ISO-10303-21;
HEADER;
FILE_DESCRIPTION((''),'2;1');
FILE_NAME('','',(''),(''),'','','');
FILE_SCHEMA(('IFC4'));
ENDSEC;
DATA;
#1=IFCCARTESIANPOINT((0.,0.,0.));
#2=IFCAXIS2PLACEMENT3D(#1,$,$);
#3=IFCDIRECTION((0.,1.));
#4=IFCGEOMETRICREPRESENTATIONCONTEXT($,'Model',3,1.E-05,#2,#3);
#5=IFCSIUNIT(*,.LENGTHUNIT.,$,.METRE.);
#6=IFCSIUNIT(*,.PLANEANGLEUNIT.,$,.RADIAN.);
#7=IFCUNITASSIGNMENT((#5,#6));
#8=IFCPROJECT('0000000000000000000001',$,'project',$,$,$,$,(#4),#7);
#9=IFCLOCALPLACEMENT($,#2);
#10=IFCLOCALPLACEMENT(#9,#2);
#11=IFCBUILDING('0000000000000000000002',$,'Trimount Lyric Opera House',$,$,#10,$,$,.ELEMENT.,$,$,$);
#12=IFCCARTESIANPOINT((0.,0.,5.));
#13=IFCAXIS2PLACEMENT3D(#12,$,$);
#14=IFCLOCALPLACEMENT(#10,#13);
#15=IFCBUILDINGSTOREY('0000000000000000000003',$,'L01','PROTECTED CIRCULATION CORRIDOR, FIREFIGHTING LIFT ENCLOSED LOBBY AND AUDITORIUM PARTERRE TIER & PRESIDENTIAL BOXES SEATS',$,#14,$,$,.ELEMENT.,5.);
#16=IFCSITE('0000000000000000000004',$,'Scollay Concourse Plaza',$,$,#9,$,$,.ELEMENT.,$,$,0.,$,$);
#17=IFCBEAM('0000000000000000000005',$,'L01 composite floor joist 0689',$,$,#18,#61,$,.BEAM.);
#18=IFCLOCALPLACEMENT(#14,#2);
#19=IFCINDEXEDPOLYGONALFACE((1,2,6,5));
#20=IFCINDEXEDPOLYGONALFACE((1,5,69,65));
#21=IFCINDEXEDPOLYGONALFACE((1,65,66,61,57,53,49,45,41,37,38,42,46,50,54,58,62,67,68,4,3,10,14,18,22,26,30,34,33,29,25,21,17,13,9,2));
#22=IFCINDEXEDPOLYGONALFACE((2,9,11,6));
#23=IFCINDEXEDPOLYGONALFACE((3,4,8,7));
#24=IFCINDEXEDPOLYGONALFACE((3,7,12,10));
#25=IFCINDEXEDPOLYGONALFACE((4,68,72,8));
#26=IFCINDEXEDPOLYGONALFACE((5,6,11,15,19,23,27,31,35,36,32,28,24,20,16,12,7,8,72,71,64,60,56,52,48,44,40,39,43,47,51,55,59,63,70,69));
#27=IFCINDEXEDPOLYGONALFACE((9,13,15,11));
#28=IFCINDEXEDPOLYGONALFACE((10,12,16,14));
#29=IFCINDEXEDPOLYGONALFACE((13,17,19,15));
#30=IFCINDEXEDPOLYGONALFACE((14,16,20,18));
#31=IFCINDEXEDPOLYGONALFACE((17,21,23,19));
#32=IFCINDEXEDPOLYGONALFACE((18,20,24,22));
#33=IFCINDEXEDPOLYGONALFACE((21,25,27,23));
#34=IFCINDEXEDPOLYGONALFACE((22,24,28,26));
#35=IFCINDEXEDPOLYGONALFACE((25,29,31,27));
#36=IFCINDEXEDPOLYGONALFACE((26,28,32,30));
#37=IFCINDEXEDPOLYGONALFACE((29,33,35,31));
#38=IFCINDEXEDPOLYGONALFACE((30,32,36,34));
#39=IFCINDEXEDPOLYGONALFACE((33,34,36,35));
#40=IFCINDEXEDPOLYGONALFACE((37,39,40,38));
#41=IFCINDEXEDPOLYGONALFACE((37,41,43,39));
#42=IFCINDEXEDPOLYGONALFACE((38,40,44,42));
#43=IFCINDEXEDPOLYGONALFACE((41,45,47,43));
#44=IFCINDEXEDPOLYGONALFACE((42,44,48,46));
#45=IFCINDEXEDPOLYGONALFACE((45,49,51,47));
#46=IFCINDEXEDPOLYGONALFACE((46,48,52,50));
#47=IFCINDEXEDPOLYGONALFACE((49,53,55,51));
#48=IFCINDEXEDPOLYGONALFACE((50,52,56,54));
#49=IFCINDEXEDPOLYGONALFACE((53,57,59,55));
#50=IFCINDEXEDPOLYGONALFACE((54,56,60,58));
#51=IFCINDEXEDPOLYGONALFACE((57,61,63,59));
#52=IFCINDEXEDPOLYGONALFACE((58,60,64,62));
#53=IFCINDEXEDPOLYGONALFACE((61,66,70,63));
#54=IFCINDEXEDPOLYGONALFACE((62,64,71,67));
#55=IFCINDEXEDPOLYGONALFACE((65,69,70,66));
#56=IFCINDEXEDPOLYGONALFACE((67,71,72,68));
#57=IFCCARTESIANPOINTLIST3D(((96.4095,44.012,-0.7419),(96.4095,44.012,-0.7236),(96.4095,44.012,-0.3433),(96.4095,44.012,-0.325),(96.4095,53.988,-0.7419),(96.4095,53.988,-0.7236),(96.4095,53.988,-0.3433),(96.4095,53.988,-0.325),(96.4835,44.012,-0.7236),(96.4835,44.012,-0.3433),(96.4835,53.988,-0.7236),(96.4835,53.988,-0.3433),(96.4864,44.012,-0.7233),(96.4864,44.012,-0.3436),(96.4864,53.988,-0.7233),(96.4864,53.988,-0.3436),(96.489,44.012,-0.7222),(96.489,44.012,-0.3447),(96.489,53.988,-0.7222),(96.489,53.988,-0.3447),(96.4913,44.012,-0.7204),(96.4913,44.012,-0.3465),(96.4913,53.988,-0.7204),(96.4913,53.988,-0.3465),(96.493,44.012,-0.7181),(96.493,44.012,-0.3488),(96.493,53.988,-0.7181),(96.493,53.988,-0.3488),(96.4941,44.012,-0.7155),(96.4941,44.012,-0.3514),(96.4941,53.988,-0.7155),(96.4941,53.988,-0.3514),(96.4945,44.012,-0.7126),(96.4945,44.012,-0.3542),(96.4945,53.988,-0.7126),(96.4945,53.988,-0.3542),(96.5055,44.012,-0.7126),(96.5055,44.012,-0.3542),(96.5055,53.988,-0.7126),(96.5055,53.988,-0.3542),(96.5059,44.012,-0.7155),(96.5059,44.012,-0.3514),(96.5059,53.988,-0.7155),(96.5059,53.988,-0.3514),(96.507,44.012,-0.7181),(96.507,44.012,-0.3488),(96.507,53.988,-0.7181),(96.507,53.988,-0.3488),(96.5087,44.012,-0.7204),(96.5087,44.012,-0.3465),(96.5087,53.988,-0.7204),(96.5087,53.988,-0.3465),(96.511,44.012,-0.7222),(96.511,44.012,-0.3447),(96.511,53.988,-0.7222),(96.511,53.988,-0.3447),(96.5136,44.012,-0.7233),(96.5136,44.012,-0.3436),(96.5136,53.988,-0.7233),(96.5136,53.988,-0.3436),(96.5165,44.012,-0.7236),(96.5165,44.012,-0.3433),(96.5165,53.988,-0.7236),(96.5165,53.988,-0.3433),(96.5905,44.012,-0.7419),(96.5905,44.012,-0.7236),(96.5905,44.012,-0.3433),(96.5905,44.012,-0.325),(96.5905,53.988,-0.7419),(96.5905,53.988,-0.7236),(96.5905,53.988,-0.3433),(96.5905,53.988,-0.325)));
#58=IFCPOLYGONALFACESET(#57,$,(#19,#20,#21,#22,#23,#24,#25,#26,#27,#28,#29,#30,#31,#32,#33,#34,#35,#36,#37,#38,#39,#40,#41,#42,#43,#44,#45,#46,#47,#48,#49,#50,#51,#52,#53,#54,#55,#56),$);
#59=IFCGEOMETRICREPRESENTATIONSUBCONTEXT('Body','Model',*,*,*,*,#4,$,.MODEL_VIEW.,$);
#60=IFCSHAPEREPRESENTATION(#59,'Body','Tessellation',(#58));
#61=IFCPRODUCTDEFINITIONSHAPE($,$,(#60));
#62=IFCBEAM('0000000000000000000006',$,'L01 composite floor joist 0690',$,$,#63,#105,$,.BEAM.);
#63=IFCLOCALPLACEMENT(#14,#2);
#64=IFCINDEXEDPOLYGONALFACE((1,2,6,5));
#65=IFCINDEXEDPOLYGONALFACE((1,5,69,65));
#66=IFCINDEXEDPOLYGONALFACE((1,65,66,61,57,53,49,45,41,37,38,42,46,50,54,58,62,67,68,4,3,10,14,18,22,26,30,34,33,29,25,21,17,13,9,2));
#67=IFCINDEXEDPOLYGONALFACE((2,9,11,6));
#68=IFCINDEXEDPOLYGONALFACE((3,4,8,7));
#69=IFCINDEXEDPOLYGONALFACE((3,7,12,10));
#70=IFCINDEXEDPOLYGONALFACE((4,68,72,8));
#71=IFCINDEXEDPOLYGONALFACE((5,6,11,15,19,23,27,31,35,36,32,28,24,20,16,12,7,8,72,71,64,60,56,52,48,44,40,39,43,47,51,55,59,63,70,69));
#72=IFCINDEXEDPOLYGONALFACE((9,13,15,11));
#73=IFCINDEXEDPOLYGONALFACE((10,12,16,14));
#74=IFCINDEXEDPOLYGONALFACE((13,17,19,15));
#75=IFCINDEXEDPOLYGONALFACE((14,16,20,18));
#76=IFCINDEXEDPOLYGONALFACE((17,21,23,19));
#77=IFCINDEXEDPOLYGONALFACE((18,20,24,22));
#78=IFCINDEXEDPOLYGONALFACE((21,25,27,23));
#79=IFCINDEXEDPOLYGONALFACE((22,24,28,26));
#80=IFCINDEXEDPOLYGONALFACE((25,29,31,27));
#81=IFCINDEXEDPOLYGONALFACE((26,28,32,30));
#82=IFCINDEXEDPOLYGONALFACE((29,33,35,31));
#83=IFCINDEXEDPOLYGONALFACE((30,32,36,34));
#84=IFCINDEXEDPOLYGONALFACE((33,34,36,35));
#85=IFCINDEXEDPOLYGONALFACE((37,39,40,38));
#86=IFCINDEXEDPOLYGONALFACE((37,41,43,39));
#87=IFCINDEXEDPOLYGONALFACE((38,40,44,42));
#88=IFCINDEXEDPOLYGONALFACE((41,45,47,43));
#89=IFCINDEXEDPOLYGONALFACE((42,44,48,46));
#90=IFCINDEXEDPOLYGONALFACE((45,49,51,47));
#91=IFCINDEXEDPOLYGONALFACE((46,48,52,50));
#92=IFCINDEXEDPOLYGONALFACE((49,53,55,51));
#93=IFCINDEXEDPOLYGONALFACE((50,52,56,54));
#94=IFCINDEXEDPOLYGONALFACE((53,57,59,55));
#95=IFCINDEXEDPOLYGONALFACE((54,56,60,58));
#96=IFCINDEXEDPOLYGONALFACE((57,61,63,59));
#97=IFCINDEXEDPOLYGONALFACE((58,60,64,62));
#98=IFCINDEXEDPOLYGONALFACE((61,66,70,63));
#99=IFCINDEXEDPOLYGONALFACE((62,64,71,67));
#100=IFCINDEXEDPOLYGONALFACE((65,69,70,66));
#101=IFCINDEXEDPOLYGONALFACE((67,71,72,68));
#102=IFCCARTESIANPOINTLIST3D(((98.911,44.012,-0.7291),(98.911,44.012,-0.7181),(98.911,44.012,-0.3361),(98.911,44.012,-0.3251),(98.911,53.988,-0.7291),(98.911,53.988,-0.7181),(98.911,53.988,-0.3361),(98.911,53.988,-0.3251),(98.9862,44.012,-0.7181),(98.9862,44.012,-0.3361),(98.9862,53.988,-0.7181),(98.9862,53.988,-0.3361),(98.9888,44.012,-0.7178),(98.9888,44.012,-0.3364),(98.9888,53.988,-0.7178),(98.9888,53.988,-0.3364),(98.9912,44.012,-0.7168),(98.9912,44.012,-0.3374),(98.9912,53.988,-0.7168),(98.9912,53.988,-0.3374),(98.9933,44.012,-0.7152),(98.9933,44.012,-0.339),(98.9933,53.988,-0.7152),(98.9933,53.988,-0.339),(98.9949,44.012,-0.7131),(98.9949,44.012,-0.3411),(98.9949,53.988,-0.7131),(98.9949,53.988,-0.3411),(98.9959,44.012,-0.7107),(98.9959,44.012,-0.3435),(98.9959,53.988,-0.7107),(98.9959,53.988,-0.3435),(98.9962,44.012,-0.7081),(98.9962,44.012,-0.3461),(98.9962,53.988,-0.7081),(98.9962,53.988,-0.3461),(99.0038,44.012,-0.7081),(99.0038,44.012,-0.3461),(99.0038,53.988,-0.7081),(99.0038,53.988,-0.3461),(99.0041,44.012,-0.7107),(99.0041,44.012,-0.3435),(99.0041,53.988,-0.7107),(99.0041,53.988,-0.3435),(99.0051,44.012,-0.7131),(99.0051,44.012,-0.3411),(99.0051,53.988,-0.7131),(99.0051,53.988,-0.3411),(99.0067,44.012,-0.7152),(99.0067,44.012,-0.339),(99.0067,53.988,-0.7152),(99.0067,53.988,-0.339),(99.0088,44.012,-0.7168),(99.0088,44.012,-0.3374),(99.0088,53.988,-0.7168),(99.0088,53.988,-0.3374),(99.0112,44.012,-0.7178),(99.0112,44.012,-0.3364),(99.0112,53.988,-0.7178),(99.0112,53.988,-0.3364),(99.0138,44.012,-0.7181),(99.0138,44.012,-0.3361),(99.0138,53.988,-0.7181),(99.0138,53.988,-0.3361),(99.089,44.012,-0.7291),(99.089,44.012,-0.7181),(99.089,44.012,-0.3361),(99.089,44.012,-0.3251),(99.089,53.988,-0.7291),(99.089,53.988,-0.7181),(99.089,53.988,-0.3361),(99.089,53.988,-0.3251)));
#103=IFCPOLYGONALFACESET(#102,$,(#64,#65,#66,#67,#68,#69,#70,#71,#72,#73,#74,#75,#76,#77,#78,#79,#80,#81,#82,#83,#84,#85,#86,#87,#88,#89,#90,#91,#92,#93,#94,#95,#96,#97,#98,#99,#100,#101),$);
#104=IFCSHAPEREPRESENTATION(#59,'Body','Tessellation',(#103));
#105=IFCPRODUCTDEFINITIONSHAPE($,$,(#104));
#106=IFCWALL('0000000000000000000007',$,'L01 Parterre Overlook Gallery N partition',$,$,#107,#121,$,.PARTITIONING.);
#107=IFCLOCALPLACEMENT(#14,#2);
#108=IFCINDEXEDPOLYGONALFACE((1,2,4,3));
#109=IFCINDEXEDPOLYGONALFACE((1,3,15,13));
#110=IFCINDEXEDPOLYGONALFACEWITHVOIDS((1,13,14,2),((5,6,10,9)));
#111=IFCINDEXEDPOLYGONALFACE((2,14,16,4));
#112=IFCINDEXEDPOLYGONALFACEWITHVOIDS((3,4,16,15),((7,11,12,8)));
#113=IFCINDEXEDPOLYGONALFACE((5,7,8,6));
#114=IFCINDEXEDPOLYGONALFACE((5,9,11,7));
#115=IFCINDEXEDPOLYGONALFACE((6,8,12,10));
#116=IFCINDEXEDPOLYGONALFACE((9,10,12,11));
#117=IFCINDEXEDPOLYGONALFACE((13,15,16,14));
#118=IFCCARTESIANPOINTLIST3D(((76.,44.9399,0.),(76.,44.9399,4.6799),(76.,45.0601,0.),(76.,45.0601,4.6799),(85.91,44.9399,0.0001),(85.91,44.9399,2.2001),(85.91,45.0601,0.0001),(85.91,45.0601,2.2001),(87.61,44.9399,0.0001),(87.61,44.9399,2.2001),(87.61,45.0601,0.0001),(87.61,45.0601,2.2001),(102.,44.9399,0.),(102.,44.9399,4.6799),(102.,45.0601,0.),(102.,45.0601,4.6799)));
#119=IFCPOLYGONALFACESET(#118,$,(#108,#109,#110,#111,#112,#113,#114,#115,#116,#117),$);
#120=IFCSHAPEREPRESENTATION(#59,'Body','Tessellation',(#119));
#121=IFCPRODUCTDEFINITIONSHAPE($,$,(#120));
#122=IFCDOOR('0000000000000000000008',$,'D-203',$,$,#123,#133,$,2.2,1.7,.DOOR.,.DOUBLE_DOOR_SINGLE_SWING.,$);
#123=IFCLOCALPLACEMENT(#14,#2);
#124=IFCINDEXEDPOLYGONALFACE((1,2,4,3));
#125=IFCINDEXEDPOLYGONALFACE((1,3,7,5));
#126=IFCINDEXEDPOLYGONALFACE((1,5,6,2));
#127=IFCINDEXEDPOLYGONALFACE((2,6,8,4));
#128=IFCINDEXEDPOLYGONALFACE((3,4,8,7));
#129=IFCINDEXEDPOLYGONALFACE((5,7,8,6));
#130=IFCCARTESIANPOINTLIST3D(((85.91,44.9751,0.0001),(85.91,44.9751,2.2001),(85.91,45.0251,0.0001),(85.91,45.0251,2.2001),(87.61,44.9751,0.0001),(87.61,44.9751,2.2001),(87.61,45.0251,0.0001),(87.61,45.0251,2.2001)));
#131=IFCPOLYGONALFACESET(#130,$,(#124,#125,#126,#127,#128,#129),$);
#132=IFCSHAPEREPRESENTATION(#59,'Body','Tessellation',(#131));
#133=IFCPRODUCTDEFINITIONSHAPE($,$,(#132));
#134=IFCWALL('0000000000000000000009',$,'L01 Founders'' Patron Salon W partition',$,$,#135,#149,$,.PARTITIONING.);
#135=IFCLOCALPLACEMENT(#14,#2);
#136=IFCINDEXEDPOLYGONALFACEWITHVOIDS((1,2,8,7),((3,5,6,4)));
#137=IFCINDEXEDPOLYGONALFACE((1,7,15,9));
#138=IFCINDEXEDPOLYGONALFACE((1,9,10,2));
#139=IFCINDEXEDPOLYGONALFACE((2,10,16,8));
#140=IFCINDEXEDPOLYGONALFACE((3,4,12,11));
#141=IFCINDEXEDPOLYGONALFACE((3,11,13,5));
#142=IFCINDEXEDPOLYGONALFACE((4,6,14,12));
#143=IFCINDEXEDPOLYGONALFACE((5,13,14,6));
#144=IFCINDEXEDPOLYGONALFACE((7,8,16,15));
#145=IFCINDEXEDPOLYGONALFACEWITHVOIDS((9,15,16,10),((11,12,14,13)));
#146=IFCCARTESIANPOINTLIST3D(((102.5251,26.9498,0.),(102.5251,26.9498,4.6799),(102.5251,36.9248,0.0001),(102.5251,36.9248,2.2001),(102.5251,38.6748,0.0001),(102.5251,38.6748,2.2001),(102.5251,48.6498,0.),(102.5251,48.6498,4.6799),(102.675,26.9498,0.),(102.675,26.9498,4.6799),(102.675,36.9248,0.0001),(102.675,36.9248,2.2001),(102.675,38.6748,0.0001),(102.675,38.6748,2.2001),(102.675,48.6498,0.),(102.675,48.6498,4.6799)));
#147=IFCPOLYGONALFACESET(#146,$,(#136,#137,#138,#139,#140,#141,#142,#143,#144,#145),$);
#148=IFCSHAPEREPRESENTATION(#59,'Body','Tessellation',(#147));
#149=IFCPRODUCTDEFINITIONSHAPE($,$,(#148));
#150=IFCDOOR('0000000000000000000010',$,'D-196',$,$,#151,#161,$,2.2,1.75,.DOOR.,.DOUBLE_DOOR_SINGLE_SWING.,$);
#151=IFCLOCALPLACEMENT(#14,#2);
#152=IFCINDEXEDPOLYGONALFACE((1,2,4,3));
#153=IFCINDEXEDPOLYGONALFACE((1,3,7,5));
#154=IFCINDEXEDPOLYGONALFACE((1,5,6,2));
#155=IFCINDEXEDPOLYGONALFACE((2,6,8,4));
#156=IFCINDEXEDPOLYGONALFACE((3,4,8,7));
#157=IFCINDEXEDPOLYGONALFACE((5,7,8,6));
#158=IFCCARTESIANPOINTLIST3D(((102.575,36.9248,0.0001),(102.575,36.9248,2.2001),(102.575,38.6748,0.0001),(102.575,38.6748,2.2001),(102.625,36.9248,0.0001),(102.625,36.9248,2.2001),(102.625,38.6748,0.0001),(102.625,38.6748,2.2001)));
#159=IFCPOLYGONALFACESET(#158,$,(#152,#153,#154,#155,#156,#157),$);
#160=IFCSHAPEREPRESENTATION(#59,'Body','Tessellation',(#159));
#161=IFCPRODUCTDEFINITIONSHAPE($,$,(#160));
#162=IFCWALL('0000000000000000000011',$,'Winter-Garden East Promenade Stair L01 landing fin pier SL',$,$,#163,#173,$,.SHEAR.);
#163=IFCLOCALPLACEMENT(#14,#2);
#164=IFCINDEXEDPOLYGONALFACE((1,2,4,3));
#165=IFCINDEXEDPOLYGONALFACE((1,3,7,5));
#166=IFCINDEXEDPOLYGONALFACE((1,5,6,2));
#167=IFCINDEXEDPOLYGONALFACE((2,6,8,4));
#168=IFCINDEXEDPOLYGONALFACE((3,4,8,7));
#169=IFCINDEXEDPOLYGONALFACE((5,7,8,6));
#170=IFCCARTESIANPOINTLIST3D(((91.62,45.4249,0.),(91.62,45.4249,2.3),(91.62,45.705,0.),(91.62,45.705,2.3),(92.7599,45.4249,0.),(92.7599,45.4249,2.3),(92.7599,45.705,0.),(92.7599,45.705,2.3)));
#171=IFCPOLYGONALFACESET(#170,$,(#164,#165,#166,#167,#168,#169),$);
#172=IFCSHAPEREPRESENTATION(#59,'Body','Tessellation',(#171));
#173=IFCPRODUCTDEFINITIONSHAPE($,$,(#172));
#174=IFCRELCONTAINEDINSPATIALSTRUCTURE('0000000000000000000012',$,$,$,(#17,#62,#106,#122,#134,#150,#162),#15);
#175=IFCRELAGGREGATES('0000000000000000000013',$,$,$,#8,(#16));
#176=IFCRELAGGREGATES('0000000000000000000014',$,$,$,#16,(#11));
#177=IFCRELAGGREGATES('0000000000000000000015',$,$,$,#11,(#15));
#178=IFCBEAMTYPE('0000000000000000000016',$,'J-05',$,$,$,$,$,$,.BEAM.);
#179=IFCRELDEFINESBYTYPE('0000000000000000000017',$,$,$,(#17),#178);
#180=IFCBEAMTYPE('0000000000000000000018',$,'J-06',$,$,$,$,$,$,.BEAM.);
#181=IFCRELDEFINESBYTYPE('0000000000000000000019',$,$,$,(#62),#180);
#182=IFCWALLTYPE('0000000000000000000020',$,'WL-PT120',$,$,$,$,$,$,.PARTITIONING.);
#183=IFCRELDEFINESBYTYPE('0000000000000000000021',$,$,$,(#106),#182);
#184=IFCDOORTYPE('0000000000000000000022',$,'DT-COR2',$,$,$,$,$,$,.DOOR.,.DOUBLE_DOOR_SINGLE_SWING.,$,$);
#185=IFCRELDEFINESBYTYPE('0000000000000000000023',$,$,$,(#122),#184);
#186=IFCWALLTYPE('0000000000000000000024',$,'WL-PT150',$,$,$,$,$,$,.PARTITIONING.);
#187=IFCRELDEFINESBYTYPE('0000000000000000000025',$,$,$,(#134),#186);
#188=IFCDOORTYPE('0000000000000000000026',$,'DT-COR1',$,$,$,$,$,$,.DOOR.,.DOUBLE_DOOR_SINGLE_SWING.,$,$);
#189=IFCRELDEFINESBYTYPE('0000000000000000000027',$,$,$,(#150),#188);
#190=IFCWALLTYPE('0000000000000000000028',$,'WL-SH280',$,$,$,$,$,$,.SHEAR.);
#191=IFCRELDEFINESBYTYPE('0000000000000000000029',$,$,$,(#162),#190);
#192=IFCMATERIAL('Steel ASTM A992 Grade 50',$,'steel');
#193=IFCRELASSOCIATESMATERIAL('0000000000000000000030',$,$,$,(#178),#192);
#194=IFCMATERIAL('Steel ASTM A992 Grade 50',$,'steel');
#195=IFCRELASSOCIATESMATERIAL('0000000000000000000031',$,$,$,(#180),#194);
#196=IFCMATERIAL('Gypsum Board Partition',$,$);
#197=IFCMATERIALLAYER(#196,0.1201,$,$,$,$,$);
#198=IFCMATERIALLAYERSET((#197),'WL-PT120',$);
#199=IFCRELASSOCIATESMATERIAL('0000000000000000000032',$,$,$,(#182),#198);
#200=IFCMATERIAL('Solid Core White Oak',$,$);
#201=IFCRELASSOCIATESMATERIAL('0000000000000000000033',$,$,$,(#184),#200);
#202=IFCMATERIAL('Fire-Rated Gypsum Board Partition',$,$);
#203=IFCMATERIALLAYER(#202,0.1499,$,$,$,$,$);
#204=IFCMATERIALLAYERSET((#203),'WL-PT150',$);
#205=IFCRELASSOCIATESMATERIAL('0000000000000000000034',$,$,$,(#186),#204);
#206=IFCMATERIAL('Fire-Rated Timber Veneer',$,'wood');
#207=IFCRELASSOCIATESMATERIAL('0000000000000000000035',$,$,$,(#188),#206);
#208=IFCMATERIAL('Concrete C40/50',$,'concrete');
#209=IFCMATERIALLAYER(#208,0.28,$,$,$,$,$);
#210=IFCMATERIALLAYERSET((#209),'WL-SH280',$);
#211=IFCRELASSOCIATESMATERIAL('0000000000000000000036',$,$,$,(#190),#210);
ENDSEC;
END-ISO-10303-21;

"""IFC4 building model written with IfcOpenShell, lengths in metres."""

from ifc_helpers import new_model, si_unit, direction, frame, frame_2d, origin, origin_2d, place, context, subcontext, project, spatial, rectangle, i_section, extrude, material, layer, layer_set, material_profile, profile_set, type_object, element, fill, save


model = new_model("IFC4")

# Units and contexts
model_context = context("Model", 3, precision=1e-05, world=origin(), true_north=direction((0.0, 1.0)))
body_context = subcontext(model_context, "Body", "Model", "MODEL_VIEW")
ifc_project = project(units=[si_unit("LENGTHUNIT", "METRE"), si_unit("PLANEANGLEUNIT", "RADIAN")], contexts=[model_context])

# Site, building, storey
site_placement = place(None, origin())
site = spatial("IfcSite", under=ifc_project, at=site_placement, Name="Scollay Concourse Plaza", CompositionType="ELEMENT", RefElevation=0.0)
building_placement = place(site_placement, origin())
building = spatial("IfcBuilding", under=site, at=building_placement, Name="Trimount Lyric Opera House", CompositionType="ELEMENT")
storey_placement = place(building_placement, frame((0.0, 0.0, 5.0)))
storey = spatial("IfcBuildingStorey", under=building, at=storey_placement, Name="L01", Description="PROTECTED CIRCULATION CORRIDOR, FIREFIGHTING LIFT ENCLOSED LOBBY AND AUDITORIUM PARTERRE TIER & PRESIDENTIAL BOXES SEATS", CompositionType="ELEMENT", Elevation=5.0)

# Beams
ifc_material_1 = material(Name="Steel ASTM A992 Grade 50", Category="steel")
ifc_material_profile_1 = material_profile(ifc_material_1, i_section(OverallWidth=0.1809, OverallDepth=0.417, WebThickness=0.011, FlangeThickness=0.0183, FilletRadius=0.011, at=origin_2d()), Name="W16X57")
ifc_profile_set_1 = profile_set([ifc_material_profile_1], Name="Steel ASTM A992 Grade 50")
beam_type_1 = type_object("IfcBeamType", Name="J-05", PredefinedType="BEAM", material=ifc_profile_set_1)
beam_1_placement = place(storey_placement, frame((96.5, 44.012, -0.5334), z_axis=(0.0, 1.0, 0.0), x_axis=(-1.0, 0.0, 0.0)))
element("IfcBeam", 1, at=beam_1_placement, inside=storey, type_object=beam_type_1, Name="L01 composite floor joist 0689", PredefinedType="BEAM", context=body_context, shape_type="SweptSolid", body=[
    extrude(i_section(OverallWidth=0.1809, OverallDepth=0.417, WebThickness=0.011, FlangeThickness=0.0183, FilletRadius=0.011, at=origin_2d()), origin(), (0.0, 0.0, 1.0), 9.9761),
])
ifc_material_2 = material(Name="Steel ASTM A992 Grade 50", Category="steel")
ifc_material_profile_2 = material_profile(ifc_material_2, i_section(OverallWidth=0.178, OverallDepth=0.4041, WebThickness=0.0076, FlangeThickness=0.011, FilletRadius=0.01, at=origin_2d()), Name="W16X36")
ifc_profile_set_2 = profile_set([ifc_material_profile_2], Name="Steel ASTM A992 Grade 50")
beam_type_2 = type_object("IfcBeamType", Name="J-06", PredefinedType="BEAM", material=ifc_profile_set_2)
beam_2_placement = place(storey_placement, frame((99.0, 44.012, -0.5271), z_axis=(0.0, 1.0, 0.0), x_axis=(-1.0, 0.0, 0.0)))
element("IfcBeam", 2, at=beam_2_placement, inside=storey, type_object=beam_type_2, Name="L01 composite floor joist 0690", PredefinedType="BEAM", context=body_context, shape_type="SweptSolid", body=[
    extrude(i_section(OverallWidth=0.178, OverallDepth=0.4041, WebThickness=0.0076, FlangeThickness=0.011, FilletRadius=0.01, at=origin_2d()), origin(), (0.0, 0.0, 1.0), 9.9761),
])

# Walls, openings, doors
ifc_material_3 = material(Name="Gypsum Board Partition")
ifc_layer_1 = layer(ifc_material_3, 0.1201)
ifc_layer_set_1 = layer_set([ifc_layer_1], Name="WL-PT120")
wall_type_1 = type_object("IfcWallType", Name="WL-PT120", PredefinedType="PARTITIONING", material=ifc_layer_set_1)
wall_1_placement = place(storey_placement, frame((102.0, 45.0, 0.0), z_axis=(0.0, 0.0, 1.0), x_axis=(-1.0, 0.0, 0.0)))
wall_1 = element("IfcWall", 3, at=wall_1_placement, inside=storey, type_object=wall_type_1, Name="L01 Parterre Overlook Gallery N partition", PredefinedType="PARTITIONING", context=body_context, shape_type="SweptSolid", body=[
    extrude(rectangle(XDim=26.0, YDim=0.1201, at=frame_2d((13.0, 0.0))), origin(), (0.0, 0.0, 1.0), 4.6799),
])
opening_1_placement = place(wall_1_placement, frame((14.3899, 0.0, 0.0)))
opening_1 = element("IfcOpeningElement", 4, at=opening_1_placement, cuts=wall_1, PredefinedType="OPENING", context=body_context, shape_type="SweptSolid", body=[
    extrude(rectangle(XDim=1.7, YDim=2.2, at=frame_2d((0.8501, 1.1001))), frame((0.0, 0.0701, 0.0), z_axis=(0.0, -1.0, 0.0), x_axis=(1.0, 0.0, 0.0)), (0.0, 0.0, 1.0), 0.1401),
])
ifc_material_4 = material(Name="Solid Core White Oak")
door_type_1 = type_object("IfcDoorType", Name="DT-COR2", OperationType="DOUBLE_DOOR_SINGLE_SWING", PredefinedType="DOOR", material=ifc_material_4)
door_1_placement = place(opening_1_placement, origin())
door_1 = element("IfcDoor", 5, at=door_1_placement, inside=storey, type_object=door_type_1, Name="D-203", OperationType="DOUBLE_DOOR_SINGLE_SWING", OverallHeight=2.2, OverallWidth=1.7, PredefinedType="DOOR", context=body_context, shape_type="SweptSolid", body=[
    extrude(rectangle(XDim=1.7, YDim=2.2, at=frame_2d((0.8501, 1.1001))), frame((0.0, 0.0249, 0.0), z_axis=(0.0, -1.0, 0.0), x_axis=(1.0, 0.0, 0.0)), (0.0, 0.0, 1.0), 0.05),
])
fill(opening_1, door_1)
ifc_material_5 = material(Name="Fire-Rated Gypsum Board Partition")
ifc_layer_2 = layer(ifc_material_5, 0.1499)
ifc_layer_set_2 = layer_set([ifc_layer_2], Name="WL-PT150")
wall_type_2 = type_object("IfcWallType", Name="WL-PT150", PredefinedType="PARTITIONING", material=ifc_layer_set_2)
wall_2_placement = place(storey_placement, frame((102.6001, 48.6499, 0.0), z_axis=(0.0, 0.0, 1.0), x_axis=(0.0, -1.0, 0.0)))
wall_2 = element("IfcWall", 6, at=wall_2_placement, inside=storey, type_object=wall_type_2, Name="L01 Founders' Patron Salon W partition", PredefinedType="PARTITIONING", context=body_context, shape_type="SweptSolid", body=[
    extrude(rectangle(XDim=21.7, YDim=0.1499, at=frame_2d((10.8501, 0.0))), origin(), (0.0, 0.0, 1.0), 4.6799),
])
opening_2_placement = place(wall_2_placement, frame((9.9751, 0.0, 0.0)))
opening_2 = element("IfcOpeningElement", 7, at=opening_2_placement, cuts=wall_2, PredefinedType="OPENING", context=body_context, shape_type="SweptSolid", body=[
    extrude(rectangle(XDim=1.75, YDim=2.2, at=frame_2d((0.875, 1.1001))), frame((0.0, 0.085, 0.0), z_axis=(0.0, -1.0, 0.0), x_axis=(1.0, 0.0, 0.0)), (0.0, 0.0, 1.0), 0.1699),
])
ifc_material_6 = material(Name="Fire-Rated Timber Veneer", Category="wood")
door_type_2 = type_object("IfcDoorType", Name="DT-COR1", OperationType="DOUBLE_DOOR_SINGLE_SWING", PredefinedType="DOOR", material=ifc_material_6)
door_2_placement = place(opening_2_placement, origin())
door_2 = element("IfcDoor", 8, at=door_2_placement, inside=storey, type_object=door_type_2, Name="D-196", OperationType="DOUBLE_DOOR_SINGLE_SWING", OverallHeight=2.2, OverallWidth=1.75, PredefinedType="DOOR", context=body_context, shape_type="SweptSolid", body=[
    extrude(rectangle(XDim=1.75, YDim=2.2, at=frame_2d((0.875, 1.1001))), frame((0.0, 0.0249, 0.0), z_axis=(0.0, -1.0, 0.0), x_axis=(1.0, 0.0, 0.0)), (0.0, 0.0, 1.0), 0.05),
])
fill(opening_2, door_2)

# Wall
ifc_material_7 = material(Name="Concrete C40/50", Category="concrete")
ifc_layer_3 = layer(ifc_material_7, 0.28)
ifc_layer_set_3 = layer_set([ifc_layer_3], Name="WL-SH280")
wall_type_3 = type_object("IfcWallType", Name="WL-SH280", PredefinedType="SHEAR", material=ifc_layer_set_3)
wall_3_placement = place(storey_placement, frame((91.6201, 45.5649, 0.0), z_axis=(0.0, 0.0, 1.0), x_axis=(1.0, 0.0, 0.0)))
element("IfcWall", 9, at=wall_3_placement, inside=storey, type_object=wall_type_3, Name="Winter-Garden East Promenade Stair L01 landing fin pier SL", PredefinedType="SHEAR", context=body_context, shape_type="SweptSolid", body=[
    extrude(rectangle(XDim=1.1399, YDim=0.28, at=frame_2d((0.5698, 0.0))), origin(), (0.0, 0.0, 1.0), 2.3),
])

save(model, "model.ifc")
